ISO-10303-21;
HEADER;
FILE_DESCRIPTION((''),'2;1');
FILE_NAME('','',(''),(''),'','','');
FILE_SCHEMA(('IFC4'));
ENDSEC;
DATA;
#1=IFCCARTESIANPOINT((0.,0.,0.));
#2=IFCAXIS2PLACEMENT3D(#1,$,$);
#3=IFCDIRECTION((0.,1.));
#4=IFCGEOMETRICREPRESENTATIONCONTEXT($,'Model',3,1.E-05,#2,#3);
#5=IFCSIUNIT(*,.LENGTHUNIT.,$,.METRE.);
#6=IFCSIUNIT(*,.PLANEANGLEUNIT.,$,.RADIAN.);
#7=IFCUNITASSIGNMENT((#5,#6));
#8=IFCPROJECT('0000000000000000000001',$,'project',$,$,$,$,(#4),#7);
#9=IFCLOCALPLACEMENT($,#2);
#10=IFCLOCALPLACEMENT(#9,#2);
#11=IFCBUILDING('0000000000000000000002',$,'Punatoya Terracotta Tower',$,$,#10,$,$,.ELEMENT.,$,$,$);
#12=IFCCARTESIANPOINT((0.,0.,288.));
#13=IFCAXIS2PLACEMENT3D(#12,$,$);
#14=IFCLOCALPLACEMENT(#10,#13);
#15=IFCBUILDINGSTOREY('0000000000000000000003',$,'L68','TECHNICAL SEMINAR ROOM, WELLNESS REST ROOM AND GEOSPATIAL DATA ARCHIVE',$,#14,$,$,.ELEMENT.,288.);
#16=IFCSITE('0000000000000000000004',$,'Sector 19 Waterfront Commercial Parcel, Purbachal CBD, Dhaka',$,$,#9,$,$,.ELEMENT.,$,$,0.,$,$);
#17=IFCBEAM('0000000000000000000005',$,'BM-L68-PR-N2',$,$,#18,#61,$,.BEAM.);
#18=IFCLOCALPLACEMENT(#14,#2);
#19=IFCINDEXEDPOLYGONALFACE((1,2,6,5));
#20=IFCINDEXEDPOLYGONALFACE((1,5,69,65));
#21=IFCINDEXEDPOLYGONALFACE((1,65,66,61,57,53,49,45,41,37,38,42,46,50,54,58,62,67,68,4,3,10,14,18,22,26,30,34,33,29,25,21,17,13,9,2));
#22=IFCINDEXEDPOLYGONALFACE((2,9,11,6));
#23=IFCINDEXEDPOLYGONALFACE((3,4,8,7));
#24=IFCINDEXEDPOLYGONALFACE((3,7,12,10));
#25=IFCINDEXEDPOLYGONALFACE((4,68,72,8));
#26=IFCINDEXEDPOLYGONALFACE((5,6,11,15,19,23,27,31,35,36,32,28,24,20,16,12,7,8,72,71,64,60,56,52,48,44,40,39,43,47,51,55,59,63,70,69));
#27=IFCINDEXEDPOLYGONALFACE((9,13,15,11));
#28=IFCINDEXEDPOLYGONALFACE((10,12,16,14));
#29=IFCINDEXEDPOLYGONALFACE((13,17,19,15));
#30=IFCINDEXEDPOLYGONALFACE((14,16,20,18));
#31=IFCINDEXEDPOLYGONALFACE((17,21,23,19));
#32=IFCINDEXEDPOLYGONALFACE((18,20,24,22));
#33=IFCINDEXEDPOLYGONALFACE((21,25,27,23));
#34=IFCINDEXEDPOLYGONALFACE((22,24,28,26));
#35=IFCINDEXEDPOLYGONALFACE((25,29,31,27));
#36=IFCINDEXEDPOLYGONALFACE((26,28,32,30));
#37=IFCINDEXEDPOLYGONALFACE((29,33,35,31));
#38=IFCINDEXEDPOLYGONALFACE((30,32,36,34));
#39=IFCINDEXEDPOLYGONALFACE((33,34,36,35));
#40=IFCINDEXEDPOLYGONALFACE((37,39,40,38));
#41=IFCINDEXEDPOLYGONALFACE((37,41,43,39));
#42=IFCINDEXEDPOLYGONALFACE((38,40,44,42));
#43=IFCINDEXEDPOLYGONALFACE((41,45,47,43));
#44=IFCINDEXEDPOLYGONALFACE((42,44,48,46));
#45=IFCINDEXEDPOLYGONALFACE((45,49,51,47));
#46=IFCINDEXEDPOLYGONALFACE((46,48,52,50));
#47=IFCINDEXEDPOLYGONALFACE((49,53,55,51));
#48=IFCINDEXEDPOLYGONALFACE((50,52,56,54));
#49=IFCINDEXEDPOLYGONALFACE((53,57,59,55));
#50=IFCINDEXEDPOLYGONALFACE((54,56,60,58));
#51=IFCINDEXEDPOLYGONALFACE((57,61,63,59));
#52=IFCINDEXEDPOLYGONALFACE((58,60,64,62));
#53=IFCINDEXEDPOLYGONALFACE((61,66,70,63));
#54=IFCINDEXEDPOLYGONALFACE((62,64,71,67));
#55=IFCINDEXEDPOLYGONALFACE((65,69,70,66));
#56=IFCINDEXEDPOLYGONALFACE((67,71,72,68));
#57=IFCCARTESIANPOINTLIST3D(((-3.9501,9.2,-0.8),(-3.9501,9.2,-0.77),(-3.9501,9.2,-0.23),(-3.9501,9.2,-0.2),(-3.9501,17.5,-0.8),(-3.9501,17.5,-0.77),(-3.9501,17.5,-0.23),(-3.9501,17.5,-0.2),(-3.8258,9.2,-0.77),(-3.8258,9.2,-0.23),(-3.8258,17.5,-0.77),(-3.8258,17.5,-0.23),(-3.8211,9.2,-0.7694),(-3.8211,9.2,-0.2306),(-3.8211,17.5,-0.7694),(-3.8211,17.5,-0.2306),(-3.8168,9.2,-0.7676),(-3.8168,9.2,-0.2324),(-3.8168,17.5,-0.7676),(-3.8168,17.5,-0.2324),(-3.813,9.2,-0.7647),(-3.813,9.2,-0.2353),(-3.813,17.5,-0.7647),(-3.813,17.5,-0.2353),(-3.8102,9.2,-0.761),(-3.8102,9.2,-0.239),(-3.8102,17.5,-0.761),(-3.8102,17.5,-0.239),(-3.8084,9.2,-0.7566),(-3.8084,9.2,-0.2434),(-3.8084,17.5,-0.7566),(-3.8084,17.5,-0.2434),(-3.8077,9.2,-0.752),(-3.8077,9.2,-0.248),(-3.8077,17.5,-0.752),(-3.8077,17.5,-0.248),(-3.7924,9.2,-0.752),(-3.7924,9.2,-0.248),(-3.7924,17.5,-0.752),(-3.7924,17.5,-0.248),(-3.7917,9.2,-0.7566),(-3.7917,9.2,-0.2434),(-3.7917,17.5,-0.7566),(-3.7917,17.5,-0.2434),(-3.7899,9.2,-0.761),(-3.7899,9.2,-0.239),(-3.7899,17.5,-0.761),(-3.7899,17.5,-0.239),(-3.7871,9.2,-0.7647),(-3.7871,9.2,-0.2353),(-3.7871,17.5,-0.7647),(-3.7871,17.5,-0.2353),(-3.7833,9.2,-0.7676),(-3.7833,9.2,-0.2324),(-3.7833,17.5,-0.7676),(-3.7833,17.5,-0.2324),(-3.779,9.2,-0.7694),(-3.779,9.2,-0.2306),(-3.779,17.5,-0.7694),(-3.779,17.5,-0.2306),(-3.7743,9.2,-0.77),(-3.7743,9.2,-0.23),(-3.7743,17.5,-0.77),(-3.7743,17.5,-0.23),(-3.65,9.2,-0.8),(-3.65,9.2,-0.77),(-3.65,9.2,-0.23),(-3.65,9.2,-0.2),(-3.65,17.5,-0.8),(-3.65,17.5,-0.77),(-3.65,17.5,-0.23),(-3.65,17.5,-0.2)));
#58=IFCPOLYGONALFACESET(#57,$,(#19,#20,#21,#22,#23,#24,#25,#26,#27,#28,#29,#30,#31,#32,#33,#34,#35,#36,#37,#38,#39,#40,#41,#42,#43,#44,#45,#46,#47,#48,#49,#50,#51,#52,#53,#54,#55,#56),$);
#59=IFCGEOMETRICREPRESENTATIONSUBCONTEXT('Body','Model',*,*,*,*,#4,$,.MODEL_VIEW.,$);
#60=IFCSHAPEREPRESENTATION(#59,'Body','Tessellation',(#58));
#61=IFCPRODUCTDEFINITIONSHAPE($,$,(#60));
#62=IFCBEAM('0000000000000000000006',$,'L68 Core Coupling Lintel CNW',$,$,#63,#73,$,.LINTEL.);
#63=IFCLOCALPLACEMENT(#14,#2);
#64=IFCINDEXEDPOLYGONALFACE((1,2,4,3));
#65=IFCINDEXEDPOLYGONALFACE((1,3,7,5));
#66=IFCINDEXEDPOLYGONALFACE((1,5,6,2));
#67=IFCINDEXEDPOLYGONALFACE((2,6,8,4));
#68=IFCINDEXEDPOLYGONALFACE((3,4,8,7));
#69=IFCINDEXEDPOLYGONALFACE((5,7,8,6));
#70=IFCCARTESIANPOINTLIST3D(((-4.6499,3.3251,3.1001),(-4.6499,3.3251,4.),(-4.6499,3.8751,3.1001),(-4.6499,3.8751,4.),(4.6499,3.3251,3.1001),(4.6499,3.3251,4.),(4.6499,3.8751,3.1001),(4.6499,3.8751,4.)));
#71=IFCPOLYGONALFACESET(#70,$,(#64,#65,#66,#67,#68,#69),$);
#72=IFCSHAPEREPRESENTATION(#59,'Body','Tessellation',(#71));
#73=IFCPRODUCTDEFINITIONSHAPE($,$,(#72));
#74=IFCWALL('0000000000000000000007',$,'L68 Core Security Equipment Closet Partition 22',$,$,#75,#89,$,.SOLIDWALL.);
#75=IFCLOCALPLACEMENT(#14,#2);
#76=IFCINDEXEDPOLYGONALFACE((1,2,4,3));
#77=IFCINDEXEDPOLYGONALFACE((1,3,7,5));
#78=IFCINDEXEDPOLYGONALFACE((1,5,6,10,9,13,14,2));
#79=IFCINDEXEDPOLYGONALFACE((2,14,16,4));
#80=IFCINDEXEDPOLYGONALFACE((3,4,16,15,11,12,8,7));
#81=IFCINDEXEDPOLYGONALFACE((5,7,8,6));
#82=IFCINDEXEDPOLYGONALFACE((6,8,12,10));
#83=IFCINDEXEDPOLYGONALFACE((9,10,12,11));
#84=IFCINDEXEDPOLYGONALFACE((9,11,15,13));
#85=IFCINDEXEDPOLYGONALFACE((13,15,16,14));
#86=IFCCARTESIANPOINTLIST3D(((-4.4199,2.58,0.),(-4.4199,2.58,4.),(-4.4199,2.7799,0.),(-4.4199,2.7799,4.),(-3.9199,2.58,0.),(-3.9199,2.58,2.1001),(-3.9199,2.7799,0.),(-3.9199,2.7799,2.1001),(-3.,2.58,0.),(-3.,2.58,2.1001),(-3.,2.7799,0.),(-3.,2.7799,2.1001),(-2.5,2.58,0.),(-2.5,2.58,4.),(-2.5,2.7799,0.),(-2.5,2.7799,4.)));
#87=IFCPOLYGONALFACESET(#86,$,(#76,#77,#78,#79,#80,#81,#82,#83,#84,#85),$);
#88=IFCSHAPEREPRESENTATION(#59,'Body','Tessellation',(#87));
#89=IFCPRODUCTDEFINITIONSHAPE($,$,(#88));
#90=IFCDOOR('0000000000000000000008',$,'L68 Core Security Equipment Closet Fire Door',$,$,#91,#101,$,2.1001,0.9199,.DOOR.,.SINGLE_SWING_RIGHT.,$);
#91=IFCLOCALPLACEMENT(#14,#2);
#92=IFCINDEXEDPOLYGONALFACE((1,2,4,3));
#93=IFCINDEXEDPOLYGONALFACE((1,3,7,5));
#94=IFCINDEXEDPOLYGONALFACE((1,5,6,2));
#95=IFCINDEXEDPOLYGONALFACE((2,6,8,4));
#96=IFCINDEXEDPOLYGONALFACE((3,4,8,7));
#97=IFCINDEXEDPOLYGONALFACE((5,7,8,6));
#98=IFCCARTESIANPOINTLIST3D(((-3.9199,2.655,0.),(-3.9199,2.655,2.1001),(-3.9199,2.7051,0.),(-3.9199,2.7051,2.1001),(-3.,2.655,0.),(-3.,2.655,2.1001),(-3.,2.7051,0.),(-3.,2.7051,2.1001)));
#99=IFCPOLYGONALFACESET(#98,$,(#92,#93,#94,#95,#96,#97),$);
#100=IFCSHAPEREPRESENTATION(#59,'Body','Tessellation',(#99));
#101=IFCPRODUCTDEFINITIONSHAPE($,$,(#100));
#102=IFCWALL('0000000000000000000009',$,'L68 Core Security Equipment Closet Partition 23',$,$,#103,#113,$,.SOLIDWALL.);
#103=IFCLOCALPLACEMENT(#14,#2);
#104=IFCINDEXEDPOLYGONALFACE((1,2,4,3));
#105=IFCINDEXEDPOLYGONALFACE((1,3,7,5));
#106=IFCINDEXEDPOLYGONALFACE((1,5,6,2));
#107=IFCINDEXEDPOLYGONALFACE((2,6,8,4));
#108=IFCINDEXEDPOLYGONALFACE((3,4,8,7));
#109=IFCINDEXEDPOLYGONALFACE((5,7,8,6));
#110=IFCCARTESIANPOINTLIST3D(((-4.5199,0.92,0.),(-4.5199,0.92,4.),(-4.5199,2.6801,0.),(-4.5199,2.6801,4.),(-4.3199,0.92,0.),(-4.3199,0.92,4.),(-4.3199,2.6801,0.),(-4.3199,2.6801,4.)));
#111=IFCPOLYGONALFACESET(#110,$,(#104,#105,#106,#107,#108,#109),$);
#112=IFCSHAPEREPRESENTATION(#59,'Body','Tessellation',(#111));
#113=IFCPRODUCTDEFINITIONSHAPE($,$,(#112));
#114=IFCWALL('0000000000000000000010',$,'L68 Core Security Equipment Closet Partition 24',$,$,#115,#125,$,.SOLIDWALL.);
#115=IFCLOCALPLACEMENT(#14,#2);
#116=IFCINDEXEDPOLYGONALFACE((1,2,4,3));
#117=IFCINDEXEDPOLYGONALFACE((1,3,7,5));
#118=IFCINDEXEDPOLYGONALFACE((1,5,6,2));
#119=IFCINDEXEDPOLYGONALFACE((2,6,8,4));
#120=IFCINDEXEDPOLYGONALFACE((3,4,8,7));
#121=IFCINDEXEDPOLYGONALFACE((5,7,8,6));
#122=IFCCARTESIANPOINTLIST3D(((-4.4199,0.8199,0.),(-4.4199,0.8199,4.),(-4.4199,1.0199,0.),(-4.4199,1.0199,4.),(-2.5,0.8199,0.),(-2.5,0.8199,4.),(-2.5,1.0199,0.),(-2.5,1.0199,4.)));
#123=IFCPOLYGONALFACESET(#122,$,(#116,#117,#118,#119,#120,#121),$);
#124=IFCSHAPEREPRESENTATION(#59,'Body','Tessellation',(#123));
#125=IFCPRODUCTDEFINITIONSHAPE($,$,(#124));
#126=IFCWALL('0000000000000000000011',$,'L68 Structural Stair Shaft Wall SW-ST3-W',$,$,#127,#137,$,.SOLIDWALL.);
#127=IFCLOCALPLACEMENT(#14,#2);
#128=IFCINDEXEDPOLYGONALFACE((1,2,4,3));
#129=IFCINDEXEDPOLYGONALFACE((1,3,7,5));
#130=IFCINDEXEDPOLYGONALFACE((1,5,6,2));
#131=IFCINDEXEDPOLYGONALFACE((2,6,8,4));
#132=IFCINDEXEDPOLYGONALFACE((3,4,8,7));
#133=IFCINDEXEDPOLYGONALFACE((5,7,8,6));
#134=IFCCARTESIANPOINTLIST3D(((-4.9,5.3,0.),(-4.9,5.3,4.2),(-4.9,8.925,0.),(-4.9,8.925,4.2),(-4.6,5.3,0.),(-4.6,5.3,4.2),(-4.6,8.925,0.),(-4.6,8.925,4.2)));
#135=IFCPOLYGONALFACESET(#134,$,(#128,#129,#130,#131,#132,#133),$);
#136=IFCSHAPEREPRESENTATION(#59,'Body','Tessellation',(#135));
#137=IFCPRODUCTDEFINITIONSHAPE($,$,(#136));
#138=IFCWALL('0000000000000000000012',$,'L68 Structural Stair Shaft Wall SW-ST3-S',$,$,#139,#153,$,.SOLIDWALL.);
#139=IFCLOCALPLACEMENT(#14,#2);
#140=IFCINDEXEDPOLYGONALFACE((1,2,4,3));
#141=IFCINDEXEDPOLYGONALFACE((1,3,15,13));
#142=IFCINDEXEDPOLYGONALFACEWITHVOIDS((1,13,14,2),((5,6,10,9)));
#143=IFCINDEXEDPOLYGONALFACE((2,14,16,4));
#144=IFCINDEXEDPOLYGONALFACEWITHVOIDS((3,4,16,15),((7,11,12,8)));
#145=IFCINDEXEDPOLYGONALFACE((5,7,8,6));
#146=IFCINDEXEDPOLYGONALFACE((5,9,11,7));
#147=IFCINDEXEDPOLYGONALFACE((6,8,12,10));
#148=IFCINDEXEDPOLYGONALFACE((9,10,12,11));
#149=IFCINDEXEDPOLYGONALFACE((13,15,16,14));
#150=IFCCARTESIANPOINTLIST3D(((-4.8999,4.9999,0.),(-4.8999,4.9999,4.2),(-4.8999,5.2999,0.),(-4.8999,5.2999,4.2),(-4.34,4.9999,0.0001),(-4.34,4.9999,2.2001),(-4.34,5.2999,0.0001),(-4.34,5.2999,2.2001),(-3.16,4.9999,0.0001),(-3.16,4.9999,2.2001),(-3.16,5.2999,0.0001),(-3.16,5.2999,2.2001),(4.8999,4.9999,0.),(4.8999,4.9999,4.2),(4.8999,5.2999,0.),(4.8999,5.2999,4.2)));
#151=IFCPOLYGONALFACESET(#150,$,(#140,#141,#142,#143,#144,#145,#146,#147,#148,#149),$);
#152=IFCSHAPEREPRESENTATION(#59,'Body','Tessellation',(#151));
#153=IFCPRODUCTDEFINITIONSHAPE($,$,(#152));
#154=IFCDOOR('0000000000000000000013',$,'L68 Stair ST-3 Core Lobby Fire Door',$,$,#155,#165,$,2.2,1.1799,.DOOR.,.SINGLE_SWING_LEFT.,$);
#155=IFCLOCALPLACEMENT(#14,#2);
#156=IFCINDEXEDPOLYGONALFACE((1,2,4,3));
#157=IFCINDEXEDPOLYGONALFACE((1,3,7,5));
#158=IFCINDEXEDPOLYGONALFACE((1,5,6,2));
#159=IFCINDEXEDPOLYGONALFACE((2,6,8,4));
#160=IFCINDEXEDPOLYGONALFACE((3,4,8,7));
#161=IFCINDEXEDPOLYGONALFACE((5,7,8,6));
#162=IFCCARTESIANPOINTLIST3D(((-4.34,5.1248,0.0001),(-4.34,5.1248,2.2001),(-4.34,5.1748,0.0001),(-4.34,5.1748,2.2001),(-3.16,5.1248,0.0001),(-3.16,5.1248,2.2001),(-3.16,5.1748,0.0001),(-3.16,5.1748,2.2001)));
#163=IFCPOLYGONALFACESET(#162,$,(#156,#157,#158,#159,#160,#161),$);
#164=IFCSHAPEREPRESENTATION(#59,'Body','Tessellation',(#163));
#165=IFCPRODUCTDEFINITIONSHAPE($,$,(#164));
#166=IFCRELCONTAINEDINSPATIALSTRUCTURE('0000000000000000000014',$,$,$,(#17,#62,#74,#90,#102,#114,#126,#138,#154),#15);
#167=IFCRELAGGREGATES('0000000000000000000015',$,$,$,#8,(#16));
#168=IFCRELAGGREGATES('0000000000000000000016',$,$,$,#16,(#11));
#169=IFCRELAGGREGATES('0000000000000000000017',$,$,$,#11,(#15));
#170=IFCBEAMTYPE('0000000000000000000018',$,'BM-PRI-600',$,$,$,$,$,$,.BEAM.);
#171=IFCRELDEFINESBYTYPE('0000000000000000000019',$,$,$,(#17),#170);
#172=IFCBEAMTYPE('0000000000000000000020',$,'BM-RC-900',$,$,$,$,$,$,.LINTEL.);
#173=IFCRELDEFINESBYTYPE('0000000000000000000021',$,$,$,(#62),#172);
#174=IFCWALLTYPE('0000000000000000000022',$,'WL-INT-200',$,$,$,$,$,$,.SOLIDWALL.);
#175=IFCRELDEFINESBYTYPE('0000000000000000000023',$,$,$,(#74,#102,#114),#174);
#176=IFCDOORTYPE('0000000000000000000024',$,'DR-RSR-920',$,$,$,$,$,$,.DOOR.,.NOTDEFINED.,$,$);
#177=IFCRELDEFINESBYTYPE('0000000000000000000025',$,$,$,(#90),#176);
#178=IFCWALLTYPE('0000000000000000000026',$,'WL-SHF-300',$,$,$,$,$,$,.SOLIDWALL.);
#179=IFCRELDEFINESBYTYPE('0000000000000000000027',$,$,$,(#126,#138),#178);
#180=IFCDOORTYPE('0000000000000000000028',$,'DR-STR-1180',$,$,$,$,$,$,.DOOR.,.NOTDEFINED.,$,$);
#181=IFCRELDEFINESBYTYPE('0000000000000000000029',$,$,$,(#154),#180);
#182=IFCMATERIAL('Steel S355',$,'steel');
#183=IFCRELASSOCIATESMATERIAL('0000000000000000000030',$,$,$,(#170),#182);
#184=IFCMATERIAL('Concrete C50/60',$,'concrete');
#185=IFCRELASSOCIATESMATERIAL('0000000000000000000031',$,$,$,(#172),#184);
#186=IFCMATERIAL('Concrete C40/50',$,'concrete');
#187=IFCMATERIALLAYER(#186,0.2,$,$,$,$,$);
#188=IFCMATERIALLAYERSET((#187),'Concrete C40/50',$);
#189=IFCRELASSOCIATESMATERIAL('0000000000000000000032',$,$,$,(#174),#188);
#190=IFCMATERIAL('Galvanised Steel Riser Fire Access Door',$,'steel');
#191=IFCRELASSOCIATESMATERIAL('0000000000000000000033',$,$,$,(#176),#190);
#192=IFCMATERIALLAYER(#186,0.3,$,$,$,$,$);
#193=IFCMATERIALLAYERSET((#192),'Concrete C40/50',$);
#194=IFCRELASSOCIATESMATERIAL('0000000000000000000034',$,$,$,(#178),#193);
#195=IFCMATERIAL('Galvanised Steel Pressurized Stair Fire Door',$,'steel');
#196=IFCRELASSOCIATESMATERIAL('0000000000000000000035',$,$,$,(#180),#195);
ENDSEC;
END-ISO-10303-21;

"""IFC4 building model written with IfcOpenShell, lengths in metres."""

from ifc_helpers import new_model, si_unit, direction, frame, frame_2d, origin, origin_2d, place, context, subcontext, project, spatial, rectangle, i_section, extrude, material, layer, layer_set, material_profile, profile_set, type_object, element, fill, save


model = new_model("IFC4")

# Units and contexts
model_context = context("Model", 3, precision=1e-05, world=origin(), true_north=direction((0.0, 1.0)))
body_context = subcontext(model_context, "Body", "Model", "MODEL_VIEW")
ifc_project = project(units=[si_unit("LENGTHUNIT", "METRE"), si_unit("PLANEANGLEUNIT", "RADIAN")], contexts=[model_context])

# Site, building, storey
site_placement = place(None, origin())
site = spatial("IfcSite", under=ifc_project, at=site_placement, Name="Sector 19 Waterfront Commercial Parcel, Purbachal CBD, Dhaka", CompositionType="ELEMENT", RefElevation=0.0)
building_placement = place(site_placement, origin())
building = spatial("IfcBuilding", under=site, at=building_placement, Name="Punatoya Terracotta Tower", CompositionType="ELEMENT")
storey_placement = place(building_placement, frame((0.0, 0.0, 288.0)))
storey = spatial("IfcBuildingStorey", under=building, at=storey_placement, Name="L68", Description="TECHNICAL SEMINAR ROOM, WELLNESS REST ROOM AND GEOSPATIAL DATA ARCHIVE", CompositionType="ELEMENT", Elevation=288.0)

# Beams
ifc_material_1 = material(Name="Steel S355", Category="steel")
ifc_material_profile_1 = material_profile(ifc_material_1, i_section(OverallWidth=0.3, OverallDepth=0.6001, WebThickness=0.0154, FlangeThickness=0.03, FilletRadius=0.0181, at=origin_2d()))
ifc_profile_set_1 = profile_set([ifc_material_profile_1], Name="Steel S355")
beam_type_1 = type_object("IfcBeamType", Name="BM-PRI-600", PredefinedType="BEAM", material=ifc_profile_set_1)
beam_1_placement = place(storey_placement, frame((-3.8, 9.2, -0.5), z_axis=(0.0, 1.0, 0.0), x_axis=(-1.0, 0.0, 0.0)))
element("IfcBeam", 1, at=beam_1_placement, inside=storey, type_object=beam_type_1, Name="BM-L68-PR-N2", PredefinedType="BEAM", context=body_context, shape_type="SweptSolid", body=[
    extrude(i_section(OverallWidth=0.3, OverallDepth=0.6001, WebThickness=0.0154, FlangeThickness=0.03, FilletRadius=0.0181, at=origin_2d()), origin(), (0.0, 0.0, 1.0), 8.3),
])
ifc_material_2 = material(Name="Concrete C50/60", Category="concrete")
ifc_material_profile_2 = material_profile(ifc_material_2, rectangle(XDim=0.55, YDim=0.8999, at=origin_2d()))
ifc_profile_set_2 = profile_set([ifc_material_profile_2], Name="Concrete C50/60")
beam_type_2 = type_object("IfcBeamType", Name="BM-RC-900", PredefinedType="LINTEL", material=ifc_profile_set_2)
beam_2_placement = place(storey_placement, frame((-4.6499, 3.6001, 3.55), z_axis=(1.0, 0.0, 0.0), x_axis=(0.0, 1.0, 0.0)))
element("IfcBeam", 2, at=beam_2_placement, inside=storey, type_object=beam_type_2, Name="L68 Core Coupling Lintel CNW", PredefinedType="LINTEL", context=body_context, shape_type="SweptSolid", body=[
    extrude(rectangle(XDim=0.55, YDim=0.8999, at=origin_2d()), origin(), (0.0, 0.0, 1.0), 9.2998),
])

# Wall, opening, door
ifc_material_3 = material(Name="Concrete C40/50", Category="concrete")
ifc_layer_1 = layer(ifc_material_3, 0.2)
ifc_layer_set_1 = layer_set([ifc_layer_1], Name="Concrete C40/50")
wall_type_1 = type_object("IfcWallType", Name="WL-INT-200", PredefinedType="SOLIDWALL", material=ifc_layer_set_1)
wall_1_placement = place(storey_placement, frame((-2.5, 2.6799, 0.0), z_axis=(0.0, 0.0, 1.0), x_axis=(-1.0, 0.0, 0.0)))
wall_1 = element("IfcWall", 3, at=wall_1_placement, inside=storey, type_object=wall_type_1, Name="L68 Core Security Equipment Closet Partition 22", PredefinedType="SOLIDWALL", context=body_context, shape_type="SweptSolid", body=[
    extrude(rectangle(XDim=1.9199, YDim=0.2, at=frame_2d((0.96, 0.0))), origin(), (0.0, 0.0, 1.0), 4.0),
])
opening_1_placement = place(wall_1_placement, frame((0.5, 0.0, 0.0)))
opening_1 = element("IfcOpeningElement", 4, at=opening_1_placement, cuts=wall_1, PredefinedType="OPENING", context=body_context, shape_type="SweptSolid", body=[
    extrude(rectangle(XDim=0.9199, YDim=2.1001, at=frame_2d((0.46, 1.05))), frame((0.0, 0.1099, 0.0), z_axis=(0.0, -1.0, 0.0), x_axis=(1.0, 0.0, 0.0)), (0.0, 0.0, 1.0), 0.22),
])
ifc_material_4 = material(Name="Galvanised Steel Riser Fire Access Door", Category="steel")
door_type_1 = type_object("IfcDoorType", Name="DR-RSR-920", OperationType="NOTDEFINED", PredefinedType="DOOR", material=ifc_material_4)
door_1_placement = place(opening_1_placement, origin())
door_1 = element("IfcDoor", 5, at=door_1_placement, inside=storey, type_object=door_type_1, Name="L68 Core Security Equipment Closet Fire Door", OperationType="SINGLE_SWING_RIGHT", OverallHeight=2.1001, OverallWidth=0.9199, PredefinedType="DOOR", context=body_context, shape_type="SweptSolid", body=[
    extrude(rectangle(XDim=0.9199, YDim=2.1001, at=frame_2d((0.46, 1.05))), frame((0.0, 0.0249, 0.0), z_axis=(0.0, -1.0, 0.0), x_axis=(1.0, 0.0, 0.0)), (0.0, 0.0, 1.0), 0.05),
])
fill(opening_1, door_1)

# Walls
wall_2_placement = place(storey_placement, frame((-4.4199, 2.6799, 0.0), z_axis=(0.0, 0.0, 1.0), x_axis=(0.0, -1.0, 0.0)))
element("IfcWall", 6, at=wall_2_placement, inside=storey, type_object=wall_type_1, Name="L68 Core Security Equipment Closet Partition 23", PredefinedType="SOLIDWALL", context=body_context, shape_type="SweptSolid", body=[
    extrude(rectangle(XDim=1.76, YDim=0.2, at=frame_2d((0.8799, 0.0))), origin(), (0.0, 0.0, 1.0), 4.0),
])
wall_3_placement = place(storey_placement, frame((-4.4199, 0.9199, 0.0), z_axis=(0.0, 0.0, 1.0), x_axis=(1.0, 0.0, 0.0)))
element("IfcWall", 7, at=wall_3_placement, inside=storey, type_object=wall_type_1, Name="L68 Core Security Equipment Closet Partition 24", PredefinedType="SOLIDWALL", context=body_context, shape_type="SweptSolid", body=[
    extrude(rectangle(XDim=1.9199, YDim=0.2, at=frame_2d((0.96, 0.0))), origin(), (0.0, 0.0, 1.0), 4.0),
])
ifc_layer_2 = layer(ifc_material_3, 0.3)
ifc_layer_set_2 = layer_set([ifc_layer_2], Name="Concrete C40/50")
wall_type_2 = type_object("IfcWallType", Name="WL-SHF-300", PredefinedType="SOLIDWALL", material=ifc_layer_set_2)
wall_4_placement = place(storey_placement, frame((-4.75, 5.3, 0.0), z_axis=(0.0, 0.0, 1.0), x_axis=(0.0, 1.0, 0.0)))
element("IfcWall", 8, at=wall_4_placement, inside=storey, type_object=wall_type_2, Name="L68 Structural Stair Shaft Wall SW-ST3-W", PredefinedType="SOLIDWALL", context=body_context, shape_type="SweptSolid", body=[
    extrude(rectangle(XDim=3.625, YDim=0.3, at=frame_2d((1.8125, 0.0))), origin(), (0.0, 0.0, 1.0), 4.2),
])

# Wall, opening, door
wall_5_placement = place(storey_placement, frame((-4.8999, 5.1499, 0.0), z_axis=(0.0, 0.0, 1.0), x_axis=(1.0, 0.0, 0.0)))
wall_5 = element("IfcWall", 9, at=wall_5_placement, inside=storey, type_object=wall_type_2, Name="L68 Structural Stair Shaft Wall SW-ST3-S", PredefinedType="SOLIDWALL", context=body_context, shape_type="SweptSolid", body=[
    extrude(rectangle(XDim=9.7998, YDim=0.3, at=frame_2d((4.8999, 0.0))), origin(), (0.0, 0.0, 1.0), 4.2),
])
opening_2_placement = place(wall_5_placement, frame((0.5601, 0.0, 0.0)))
opening_2 = element("IfcOpeningElement", 10, at=opening_2_placement, cuts=wall_5, PredefinedType="OPENING", context=body_context, shape_type="SweptSolid", body=[
    extrude(rectangle(XDim=1.1799, YDim=2.2, at=frame_2d((0.5898, 1.1001))), frame((0.0, 0.1599, 0.0), z_axis=(0.0, -1.0, 0.0), x_axis=(1.0, 0.0, 0.0)), (0.0, 0.0, 1.0), 0.3201),
])
ifc_material_5 = material(Name="Galvanised Steel Pressurized Stair Fire Door", Category="steel")
door_type_2 = type_object("IfcDoorType", Name="DR-STR-1180", OperationType="NOTDEFINED", PredefinedType="DOOR", material=ifc_material_5)
door_2_placement = place(opening_2_placement, origin())
door_2 = element("IfcDoor", 11, at=door_2_placement, inside=storey, type_object=door_type_2, Name="L68 Stair ST-3 Core Lobby Fire Door", OperationType="SINGLE_SWING_LEFT", OverallHeight=2.2, OverallWidth=1.1799, PredefinedType="DOOR", context=body_context, shape_type="SweptSolid", body=[
    extrude(rectangle(XDim=1.1799, YDim=2.2, at=frame_2d((0.5898, 1.1001))), frame((0.0, 0.0249, 0.0), z_axis=(0.0, -1.0, 0.0), x_axis=(1.0, 0.0, 0.0)), (0.0, 0.0, 1.0), 0.05),
])
fill(opening_2, door_2)

save(model, "model.ifc")
